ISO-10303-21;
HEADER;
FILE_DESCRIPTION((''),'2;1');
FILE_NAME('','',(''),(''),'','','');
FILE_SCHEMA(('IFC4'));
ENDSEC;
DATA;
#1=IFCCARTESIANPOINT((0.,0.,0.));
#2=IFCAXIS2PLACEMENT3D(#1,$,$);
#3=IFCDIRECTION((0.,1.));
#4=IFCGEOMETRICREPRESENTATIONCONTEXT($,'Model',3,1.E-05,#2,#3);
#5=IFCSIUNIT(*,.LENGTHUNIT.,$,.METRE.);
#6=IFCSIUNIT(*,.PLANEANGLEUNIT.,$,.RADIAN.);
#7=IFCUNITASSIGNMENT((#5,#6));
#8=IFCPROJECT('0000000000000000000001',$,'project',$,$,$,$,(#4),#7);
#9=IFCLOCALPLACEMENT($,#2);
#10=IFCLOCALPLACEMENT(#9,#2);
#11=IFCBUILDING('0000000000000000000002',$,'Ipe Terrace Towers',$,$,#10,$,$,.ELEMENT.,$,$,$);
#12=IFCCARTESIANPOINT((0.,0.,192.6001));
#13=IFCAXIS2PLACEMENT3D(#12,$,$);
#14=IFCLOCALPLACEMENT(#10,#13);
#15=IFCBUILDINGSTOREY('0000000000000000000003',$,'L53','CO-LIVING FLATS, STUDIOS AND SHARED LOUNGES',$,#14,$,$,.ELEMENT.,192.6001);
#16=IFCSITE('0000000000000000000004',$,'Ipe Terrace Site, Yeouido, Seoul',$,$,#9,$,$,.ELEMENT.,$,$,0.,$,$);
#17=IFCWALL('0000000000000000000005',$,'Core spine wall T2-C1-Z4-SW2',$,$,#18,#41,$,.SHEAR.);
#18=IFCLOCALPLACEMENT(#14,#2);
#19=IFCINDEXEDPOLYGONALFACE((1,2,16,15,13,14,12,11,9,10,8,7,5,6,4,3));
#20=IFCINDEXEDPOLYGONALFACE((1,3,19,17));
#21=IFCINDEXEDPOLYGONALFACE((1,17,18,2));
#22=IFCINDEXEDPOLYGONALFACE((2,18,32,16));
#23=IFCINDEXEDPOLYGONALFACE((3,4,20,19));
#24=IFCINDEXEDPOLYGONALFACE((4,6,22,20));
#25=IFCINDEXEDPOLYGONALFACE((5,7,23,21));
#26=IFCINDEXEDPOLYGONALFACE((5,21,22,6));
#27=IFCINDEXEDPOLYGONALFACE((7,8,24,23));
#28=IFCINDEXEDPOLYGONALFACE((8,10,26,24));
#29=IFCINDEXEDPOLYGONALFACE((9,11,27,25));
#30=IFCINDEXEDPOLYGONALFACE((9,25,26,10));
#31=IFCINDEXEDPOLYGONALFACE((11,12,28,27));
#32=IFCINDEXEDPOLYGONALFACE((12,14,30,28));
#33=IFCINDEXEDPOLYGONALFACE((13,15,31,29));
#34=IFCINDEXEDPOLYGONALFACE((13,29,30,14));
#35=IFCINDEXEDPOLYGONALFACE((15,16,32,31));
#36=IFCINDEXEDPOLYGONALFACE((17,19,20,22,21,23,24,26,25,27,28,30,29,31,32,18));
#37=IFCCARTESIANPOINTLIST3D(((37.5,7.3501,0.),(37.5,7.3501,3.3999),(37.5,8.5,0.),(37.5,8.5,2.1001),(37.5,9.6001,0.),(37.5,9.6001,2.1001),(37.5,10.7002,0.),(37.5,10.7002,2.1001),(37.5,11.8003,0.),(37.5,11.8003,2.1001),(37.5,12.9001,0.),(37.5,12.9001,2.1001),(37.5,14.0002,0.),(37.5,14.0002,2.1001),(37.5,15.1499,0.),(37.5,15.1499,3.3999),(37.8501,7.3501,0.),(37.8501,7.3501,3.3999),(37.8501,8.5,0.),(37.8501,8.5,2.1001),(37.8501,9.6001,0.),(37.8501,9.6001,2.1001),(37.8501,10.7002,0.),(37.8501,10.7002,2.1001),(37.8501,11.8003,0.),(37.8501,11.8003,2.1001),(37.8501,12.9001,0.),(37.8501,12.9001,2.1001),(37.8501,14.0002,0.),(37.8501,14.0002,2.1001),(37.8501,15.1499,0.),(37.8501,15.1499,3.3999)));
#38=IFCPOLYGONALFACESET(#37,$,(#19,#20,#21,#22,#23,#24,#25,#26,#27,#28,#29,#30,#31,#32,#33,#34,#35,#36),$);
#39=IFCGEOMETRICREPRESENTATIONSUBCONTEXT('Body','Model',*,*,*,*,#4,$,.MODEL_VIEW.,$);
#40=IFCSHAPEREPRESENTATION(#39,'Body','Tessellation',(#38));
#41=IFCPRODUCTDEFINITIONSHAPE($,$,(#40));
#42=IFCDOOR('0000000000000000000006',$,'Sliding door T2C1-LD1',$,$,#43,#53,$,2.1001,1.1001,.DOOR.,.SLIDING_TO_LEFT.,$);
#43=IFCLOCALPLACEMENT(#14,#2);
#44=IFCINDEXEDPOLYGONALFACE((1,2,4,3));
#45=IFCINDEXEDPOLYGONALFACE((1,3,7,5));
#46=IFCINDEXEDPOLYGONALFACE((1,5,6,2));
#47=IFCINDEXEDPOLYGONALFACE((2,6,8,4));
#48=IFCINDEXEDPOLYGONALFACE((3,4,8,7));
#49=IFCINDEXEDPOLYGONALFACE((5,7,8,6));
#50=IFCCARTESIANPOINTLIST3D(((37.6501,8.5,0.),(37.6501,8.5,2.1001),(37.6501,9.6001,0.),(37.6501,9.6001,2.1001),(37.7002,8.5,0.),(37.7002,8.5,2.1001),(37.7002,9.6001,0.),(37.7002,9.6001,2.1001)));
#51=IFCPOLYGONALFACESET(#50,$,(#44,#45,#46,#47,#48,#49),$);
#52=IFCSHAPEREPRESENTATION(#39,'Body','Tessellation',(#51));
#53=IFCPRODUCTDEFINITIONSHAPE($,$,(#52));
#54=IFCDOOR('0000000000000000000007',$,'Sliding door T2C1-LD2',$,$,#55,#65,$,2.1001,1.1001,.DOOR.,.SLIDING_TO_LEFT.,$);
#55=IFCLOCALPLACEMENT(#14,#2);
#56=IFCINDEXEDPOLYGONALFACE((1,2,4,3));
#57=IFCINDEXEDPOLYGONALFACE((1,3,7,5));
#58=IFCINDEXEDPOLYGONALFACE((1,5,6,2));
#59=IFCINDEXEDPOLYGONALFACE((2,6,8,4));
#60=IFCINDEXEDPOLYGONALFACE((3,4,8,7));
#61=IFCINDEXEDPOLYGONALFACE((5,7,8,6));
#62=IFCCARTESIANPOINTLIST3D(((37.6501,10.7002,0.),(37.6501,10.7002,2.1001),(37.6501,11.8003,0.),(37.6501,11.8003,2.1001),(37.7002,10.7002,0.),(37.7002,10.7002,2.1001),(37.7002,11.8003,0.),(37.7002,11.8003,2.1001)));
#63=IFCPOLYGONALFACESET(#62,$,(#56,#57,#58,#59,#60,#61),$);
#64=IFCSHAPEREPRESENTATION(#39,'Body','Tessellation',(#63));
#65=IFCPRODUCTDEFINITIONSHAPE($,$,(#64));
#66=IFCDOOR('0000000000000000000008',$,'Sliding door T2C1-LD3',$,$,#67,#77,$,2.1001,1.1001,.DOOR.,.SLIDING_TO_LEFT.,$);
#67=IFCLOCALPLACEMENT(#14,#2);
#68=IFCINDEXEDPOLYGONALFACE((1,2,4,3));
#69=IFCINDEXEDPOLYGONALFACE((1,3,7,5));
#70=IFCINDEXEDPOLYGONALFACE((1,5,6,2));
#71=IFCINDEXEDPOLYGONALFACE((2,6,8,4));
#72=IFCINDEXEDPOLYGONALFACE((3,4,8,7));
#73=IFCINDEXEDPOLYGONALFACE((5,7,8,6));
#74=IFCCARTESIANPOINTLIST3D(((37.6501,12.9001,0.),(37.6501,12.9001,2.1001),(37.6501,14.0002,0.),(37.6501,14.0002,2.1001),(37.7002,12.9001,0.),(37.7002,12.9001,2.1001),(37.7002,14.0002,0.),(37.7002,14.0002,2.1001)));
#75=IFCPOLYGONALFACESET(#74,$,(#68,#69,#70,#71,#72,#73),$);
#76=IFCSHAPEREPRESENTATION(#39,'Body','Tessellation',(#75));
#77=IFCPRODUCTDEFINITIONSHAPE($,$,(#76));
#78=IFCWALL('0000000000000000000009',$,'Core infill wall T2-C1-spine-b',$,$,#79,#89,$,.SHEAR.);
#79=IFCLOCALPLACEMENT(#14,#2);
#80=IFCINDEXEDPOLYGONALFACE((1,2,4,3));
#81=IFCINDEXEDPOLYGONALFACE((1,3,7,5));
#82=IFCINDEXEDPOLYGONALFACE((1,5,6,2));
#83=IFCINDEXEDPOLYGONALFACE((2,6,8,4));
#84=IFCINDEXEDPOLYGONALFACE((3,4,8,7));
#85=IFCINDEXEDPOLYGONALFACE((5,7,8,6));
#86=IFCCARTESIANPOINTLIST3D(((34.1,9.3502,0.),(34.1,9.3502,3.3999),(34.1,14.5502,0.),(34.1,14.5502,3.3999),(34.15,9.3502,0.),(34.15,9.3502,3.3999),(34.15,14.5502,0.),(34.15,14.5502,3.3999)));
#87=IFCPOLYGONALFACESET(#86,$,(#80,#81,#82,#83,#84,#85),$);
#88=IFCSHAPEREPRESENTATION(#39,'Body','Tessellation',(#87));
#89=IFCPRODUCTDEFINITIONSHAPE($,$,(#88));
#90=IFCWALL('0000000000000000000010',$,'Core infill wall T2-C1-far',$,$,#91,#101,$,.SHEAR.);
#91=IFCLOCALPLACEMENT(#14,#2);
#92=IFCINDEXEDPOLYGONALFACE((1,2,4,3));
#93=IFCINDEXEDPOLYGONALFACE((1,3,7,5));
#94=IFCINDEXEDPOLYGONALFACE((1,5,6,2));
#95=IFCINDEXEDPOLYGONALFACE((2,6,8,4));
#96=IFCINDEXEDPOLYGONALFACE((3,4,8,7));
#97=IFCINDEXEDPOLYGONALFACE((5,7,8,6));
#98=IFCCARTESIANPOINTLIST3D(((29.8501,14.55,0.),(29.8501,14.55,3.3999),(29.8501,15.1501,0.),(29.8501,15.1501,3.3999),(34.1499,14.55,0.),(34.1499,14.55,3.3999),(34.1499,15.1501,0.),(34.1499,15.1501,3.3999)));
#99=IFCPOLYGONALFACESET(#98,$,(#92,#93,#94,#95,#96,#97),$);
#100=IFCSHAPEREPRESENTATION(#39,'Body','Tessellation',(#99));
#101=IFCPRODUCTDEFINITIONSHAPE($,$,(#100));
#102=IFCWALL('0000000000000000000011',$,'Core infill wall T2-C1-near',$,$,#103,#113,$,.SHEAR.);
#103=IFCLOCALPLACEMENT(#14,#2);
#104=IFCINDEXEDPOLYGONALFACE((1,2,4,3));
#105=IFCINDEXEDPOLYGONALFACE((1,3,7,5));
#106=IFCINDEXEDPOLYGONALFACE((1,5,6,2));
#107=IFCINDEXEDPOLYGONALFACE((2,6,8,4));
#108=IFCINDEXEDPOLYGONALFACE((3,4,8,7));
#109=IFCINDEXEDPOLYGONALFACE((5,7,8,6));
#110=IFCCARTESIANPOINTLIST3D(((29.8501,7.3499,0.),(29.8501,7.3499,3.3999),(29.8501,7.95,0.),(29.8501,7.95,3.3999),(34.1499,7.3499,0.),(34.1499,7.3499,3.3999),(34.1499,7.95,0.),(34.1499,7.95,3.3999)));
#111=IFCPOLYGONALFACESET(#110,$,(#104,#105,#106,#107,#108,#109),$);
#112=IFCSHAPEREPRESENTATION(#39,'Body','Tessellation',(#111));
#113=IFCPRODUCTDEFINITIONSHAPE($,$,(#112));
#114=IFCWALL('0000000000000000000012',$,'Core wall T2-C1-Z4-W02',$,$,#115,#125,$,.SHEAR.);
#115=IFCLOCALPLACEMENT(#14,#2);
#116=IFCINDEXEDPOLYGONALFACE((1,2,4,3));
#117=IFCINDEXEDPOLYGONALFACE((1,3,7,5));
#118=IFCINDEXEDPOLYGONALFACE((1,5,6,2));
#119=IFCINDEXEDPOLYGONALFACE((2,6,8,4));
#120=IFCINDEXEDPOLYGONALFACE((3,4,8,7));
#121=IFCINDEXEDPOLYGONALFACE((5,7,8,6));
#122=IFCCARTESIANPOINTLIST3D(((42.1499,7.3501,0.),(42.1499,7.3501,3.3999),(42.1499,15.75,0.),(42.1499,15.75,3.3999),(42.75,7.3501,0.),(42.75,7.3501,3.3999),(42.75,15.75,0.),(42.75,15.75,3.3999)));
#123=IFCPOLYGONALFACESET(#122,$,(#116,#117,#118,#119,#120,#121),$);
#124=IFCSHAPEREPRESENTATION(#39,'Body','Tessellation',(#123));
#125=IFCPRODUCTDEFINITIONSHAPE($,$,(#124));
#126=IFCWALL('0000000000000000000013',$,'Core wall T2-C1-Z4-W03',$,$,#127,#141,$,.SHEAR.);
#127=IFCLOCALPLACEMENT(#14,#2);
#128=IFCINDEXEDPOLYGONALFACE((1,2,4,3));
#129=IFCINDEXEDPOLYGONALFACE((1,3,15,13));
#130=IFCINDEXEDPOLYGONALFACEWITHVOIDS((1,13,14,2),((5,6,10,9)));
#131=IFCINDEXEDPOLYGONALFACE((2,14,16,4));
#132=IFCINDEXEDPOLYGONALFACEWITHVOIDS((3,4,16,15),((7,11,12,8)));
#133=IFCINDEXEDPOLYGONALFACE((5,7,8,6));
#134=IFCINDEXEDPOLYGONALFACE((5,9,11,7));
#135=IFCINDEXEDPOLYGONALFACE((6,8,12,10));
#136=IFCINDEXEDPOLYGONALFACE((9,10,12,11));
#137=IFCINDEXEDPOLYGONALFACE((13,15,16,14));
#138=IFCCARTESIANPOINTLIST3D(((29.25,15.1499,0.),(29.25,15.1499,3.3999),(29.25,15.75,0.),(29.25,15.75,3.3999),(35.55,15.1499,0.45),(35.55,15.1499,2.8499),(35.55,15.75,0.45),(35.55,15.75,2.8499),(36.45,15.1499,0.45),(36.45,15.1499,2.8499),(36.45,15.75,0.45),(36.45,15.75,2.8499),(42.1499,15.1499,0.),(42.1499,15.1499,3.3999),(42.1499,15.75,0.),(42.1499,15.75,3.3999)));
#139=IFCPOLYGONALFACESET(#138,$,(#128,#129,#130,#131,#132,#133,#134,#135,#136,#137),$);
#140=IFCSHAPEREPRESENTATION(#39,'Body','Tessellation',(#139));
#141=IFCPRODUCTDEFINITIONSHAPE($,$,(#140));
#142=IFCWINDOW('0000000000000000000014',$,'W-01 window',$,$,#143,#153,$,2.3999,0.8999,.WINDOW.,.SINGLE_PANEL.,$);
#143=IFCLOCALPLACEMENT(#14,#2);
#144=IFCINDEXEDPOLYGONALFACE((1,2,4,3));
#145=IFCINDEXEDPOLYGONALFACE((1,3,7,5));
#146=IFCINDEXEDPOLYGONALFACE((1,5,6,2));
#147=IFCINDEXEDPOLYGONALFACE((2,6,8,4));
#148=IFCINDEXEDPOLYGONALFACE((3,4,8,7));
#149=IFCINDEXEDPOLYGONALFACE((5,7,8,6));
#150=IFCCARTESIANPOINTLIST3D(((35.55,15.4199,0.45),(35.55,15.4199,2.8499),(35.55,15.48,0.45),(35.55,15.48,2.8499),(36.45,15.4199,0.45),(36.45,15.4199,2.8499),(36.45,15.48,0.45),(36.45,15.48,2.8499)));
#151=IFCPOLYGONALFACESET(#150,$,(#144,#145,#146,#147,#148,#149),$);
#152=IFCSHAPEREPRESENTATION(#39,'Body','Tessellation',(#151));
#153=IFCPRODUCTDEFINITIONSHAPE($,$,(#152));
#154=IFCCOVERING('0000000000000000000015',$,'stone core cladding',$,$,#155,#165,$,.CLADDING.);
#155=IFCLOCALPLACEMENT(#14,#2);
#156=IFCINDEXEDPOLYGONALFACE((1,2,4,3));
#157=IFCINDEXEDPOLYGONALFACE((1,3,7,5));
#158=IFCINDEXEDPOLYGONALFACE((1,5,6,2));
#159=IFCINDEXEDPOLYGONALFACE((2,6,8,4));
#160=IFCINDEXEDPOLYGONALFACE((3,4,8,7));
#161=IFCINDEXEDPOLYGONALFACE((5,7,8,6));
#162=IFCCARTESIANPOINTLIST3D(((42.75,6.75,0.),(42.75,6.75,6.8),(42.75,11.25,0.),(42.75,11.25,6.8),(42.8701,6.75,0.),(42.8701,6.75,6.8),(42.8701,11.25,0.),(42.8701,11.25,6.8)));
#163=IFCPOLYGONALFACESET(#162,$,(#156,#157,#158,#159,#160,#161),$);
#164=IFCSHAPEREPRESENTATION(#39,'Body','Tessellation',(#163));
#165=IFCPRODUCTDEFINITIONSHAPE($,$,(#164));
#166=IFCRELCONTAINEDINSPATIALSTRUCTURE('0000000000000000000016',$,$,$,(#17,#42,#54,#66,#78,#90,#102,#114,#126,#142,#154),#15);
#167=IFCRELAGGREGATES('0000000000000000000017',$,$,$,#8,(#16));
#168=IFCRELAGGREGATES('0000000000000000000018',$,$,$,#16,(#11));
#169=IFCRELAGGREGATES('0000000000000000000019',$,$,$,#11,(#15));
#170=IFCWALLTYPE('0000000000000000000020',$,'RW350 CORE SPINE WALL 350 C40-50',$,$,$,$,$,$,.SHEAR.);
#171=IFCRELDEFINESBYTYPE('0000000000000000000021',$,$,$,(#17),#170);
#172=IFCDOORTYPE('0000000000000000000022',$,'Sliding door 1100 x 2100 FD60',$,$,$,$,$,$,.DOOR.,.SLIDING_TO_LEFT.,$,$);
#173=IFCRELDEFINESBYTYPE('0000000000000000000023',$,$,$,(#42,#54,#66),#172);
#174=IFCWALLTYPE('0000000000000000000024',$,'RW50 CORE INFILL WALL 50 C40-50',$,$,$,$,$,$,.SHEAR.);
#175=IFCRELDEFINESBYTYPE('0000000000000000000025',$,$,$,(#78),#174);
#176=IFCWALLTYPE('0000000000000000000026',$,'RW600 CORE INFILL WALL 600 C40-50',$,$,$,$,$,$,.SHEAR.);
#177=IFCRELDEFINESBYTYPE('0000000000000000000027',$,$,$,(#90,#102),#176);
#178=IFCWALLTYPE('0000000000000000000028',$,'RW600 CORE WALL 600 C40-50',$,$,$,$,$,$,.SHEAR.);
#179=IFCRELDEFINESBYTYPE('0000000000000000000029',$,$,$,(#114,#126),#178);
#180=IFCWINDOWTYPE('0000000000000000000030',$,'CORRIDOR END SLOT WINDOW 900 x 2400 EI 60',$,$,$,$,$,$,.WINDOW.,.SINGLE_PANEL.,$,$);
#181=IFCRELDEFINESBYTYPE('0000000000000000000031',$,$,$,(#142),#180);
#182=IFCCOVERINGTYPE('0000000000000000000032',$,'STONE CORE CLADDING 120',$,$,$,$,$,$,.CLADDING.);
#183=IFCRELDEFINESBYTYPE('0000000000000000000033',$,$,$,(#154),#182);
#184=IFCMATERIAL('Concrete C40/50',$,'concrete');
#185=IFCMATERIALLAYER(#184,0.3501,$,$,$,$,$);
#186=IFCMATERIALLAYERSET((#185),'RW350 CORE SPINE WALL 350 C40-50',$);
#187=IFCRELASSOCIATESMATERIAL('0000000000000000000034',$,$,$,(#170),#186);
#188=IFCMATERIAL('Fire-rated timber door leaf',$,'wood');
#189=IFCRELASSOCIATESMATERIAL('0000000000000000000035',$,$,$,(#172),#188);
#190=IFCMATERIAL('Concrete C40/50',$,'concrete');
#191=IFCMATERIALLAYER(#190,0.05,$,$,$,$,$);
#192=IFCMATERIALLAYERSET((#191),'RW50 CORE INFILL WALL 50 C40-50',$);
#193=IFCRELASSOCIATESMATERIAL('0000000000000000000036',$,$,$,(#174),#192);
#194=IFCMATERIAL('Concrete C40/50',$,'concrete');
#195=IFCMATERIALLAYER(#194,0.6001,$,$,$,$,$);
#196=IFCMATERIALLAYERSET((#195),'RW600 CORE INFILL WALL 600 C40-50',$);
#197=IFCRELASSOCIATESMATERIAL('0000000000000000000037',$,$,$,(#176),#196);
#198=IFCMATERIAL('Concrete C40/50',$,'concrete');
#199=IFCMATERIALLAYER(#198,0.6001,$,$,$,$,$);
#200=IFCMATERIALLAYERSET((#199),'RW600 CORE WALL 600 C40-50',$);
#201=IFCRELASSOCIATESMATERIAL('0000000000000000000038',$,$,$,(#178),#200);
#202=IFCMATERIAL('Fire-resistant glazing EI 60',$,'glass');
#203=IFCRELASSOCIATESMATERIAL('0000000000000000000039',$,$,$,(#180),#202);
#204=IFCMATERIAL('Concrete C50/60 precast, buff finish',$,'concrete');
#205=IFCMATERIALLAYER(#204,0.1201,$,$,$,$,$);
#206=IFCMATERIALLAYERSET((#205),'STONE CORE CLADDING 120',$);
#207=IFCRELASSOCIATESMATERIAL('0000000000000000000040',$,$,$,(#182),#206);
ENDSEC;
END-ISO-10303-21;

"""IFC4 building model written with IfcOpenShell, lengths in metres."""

from ifc_helpers import new_model, si_unit, direction, frame, frame_2d, origin, origin_2d, place, context, subcontext, project, spatial, rectangle, extrude, material, layer, layer_set, type_object, element, fill, save


model = new_model("IFC4")

# Units and contexts
model_context = context("Model", 3, precision=1e-05, world=origin(), true_north=direction((0.0, 1.0)))
body_context = subcontext(model_context, "Body", "Model", "MODEL_VIEW")
ifc_project = project(units=[si_unit("LENGTHUNIT", "METRE"), si_unit("PLANEANGLEUNIT", "RADIAN")], contexts=[model_context])

# Site, building, storey
site_placement = place(None, origin())
site = spatial("IfcSite", under=ifc_project, at=site_placement, Name="Ipe Terrace Site, Yeouido, Seoul", CompositionType="ELEMENT", RefElevation=0.0)
building_placement = place(site_placement, origin())
building = spatial("IfcBuilding", under=site, at=building_placement, Name="Ipe Terrace Towers", CompositionType="ELEMENT")
storey_placement = place(building_placement, frame((0.0, 0.0, 192.6001)))
storey = spatial("IfcBuildingStorey", under=building, at=storey_placement, Name="L53", Description="CO-LIVING FLATS, STUDIOS AND SHARED LOUNGES", CompositionType="ELEMENT", Elevation=192.6001)

# Shared definitions
ifc_material_1 = material(Name="Concrete C40/50", Category="concrete")
ifc_layer_1 = layer(ifc_material_1, 0.3501)
ifc_layer_set_1 = layer_set([ifc_layer_1], Name="RW350 CORE SPINE WALL 350 C40-50")
wall_type_1 = type_object("IfcWallType", Name="RW350 CORE SPINE WALL 350 C40-50", PredefinedType="SHEAR", material=ifc_layer_set_1)

# Wall, openings, doors
wall_1_placement = place(storey_placement, frame((37.675, 7.3501, 0.0), z_axis=(0.0, 0.0, 1.0), x_axis=(0.0, 1.0, 0.0)))
wall_1 = element("IfcWall", 1, at=wall_1_placement, inside=storey, type_object=wall_type_1, Name="Core spine wall T2-C1-Z4-SW2", PredefinedType="SHEAR", context=body_context, shape_type="SweptSolid", body=[
    extrude(rectangle(XDim=7.7998, YDim=0.3501, at=frame_2d((3.8999, 0.0))), origin(), (0.0, 0.0, 1.0), 3.3999),
])
opening_1_placement = place(wall_1_placement, frame((1.1499, 0.0, 0.0)))
opening_1 = element("IfcOpeningElement", 2, at=opening_1_placement, cuts=wall_1, PredefinedType="OPENING", context=body_context, shape_type="SweptSolid", body=[
    extrude(rectangle(XDim=1.1001, YDim=2.1001, at=frame_2d((0.55, 1.05))), frame((0.0, 0.1851, 0.0), z_axis=(0.0, -1.0, 0.0), x_axis=(1.0, 0.0, 0.0)), (0.0, 0.0, 1.0), 0.3701),
])
opening_2_placement = place(wall_1_placement, frame((3.3501, 0.0, 0.0)))
opening_2 = element("IfcOpeningElement", 3, at=opening_2_placement, cuts=wall_1, PredefinedType="OPENING", context=body_context, shape_type="SweptSolid", body=[
    extrude(rectangle(XDim=1.1001, YDim=2.1001, at=frame_2d((0.55, 1.05))), frame((0.0, 0.1851, 0.0), z_axis=(0.0, -1.0, 0.0), x_axis=(1.0, 0.0, 0.0)), (0.0, 0.0, 1.0), 0.3701),
])
opening_3_placement = place(wall_1_placement, frame((5.55, 0.0, 0.0)))
opening_3 = element("IfcOpeningElement", 4, at=opening_3_placement, cuts=wall_1, PredefinedType="OPENING", context=body_context, shape_type="SweptSolid", body=[
    extrude(rectangle(XDim=1.1001, YDim=2.1001, at=frame_2d((0.55, 1.05))), frame((0.0, 0.1851, 0.0), z_axis=(0.0, -1.0, 0.0), x_axis=(1.0, 0.0, 0.0)), (0.0, 0.0, 1.0), 0.3701),
])
ifc_material_2 = material(Name="Fire-rated timber door leaf", Category="wood")
door_type_1 = type_object("IfcDoorType", Name="Sliding door 1100 x 2100 FD60", OperationType="SLIDING_TO_LEFT", PredefinedType="DOOR", material=ifc_material_2)
door_1_placement = place(opening_1_placement, origin())
door_1 = element("IfcDoor", 5, at=door_1_placement, inside=storey, type_object=door_type_1, Name="Sliding door T2C1-LD1", OperationType="SLIDING_TO_LEFT", OverallHeight=2.1001, OverallWidth=1.1001, PredefinedType="DOOR", context=body_context, shape_type="SweptSolid", body=[
    extrude(rectangle(XDim=1.1001, YDim=2.1001, at=frame_2d((0.55, 1.05))), frame((0.0, 0.0249, 0.0), z_axis=(0.0, -1.0, 0.0), x_axis=(1.0, 0.0, 0.0)), (0.0, 0.0, 1.0), 0.05),
])
fill(opening_1, door_1)
door_2_placement = place(opening_2_placement, origin())
door_2 = element("IfcDoor", 6, at=door_2_placement, inside=storey, type_object=door_type_1, Name="Sliding door T2C1-LD2", OperationType="SLIDING_TO_LEFT", OverallHeight=2.1001, OverallWidth=1.1001, PredefinedType="DOOR", context=body_context, shape_type="SweptSolid", body=[
    extrude(rectangle(XDim=1.1001, YDim=2.1001, at=frame_2d((0.55, 1.05))), frame((0.0, 0.0249, 0.0), z_axis=(0.0, -1.0, 0.0), x_axis=(1.0, 0.0, 0.0)), (0.0, 0.0, 1.0), 0.05),
])
fill(opening_2, door_2)
door_3_placement = place(opening_3_placement, origin())
door_3 = element("IfcDoor", 7, at=door_3_placement, inside=storey, type_object=door_type_1, Name="Sliding door T2C1-LD3", OperationType="SLIDING_TO_LEFT", OverallHeight=2.1001, OverallWidth=1.1001, PredefinedType="DOOR", context=body_context, shape_type="SweptSolid", body=[
    extrude(rectangle(XDim=1.1001, YDim=2.1001, at=frame_2d((0.55, 1.05))), frame((0.0, 0.0249, 0.0), z_axis=(0.0, -1.0, 0.0), x_axis=(1.0, 0.0, 0.0)), (0.0, 0.0, 1.0), 0.05),
])
fill(opening_3, door_3)

# Walls
ifc_material_3 = material(Name="Concrete C40/50", Category="concrete")
ifc_layer_2 = layer(ifc_material_3, 0.05)
ifc_layer_set_2 = layer_set([ifc_layer_2], Name="RW50 CORE INFILL WALL 50 C40-50")
wall_type_2 = type_object("IfcWallType", Name="RW50 CORE INFILL WALL 50 C40-50", PredefinedType="SHEAR", material=ifc_layer_set_2)
wall_2_placement = place(storey_placement, frame((34.125, 9.3501, 0.0), z_axis=(0.0, 0.0, 1.0), x_axis=(0.0, 1.0, 0.0)))
element("IfcWall", 8, at=wall_2_placement, inside=storey, type_object=wall_type_2, Name="Core infill wall T2-C1-spine-b", PredefinedType="SHEAR", context=body_context, shape_type="SweptSolid", body=[
    extrude(rectangle(XDim=5.2, YDim=0.05, at=frame_2d((2.6001, 0.0))), origin(), (0.0, 0.0, 1.0), 3.3999),
])
ifc_material_4 = material(Name="Concrete C40/50", Category="concrete")
ifc_layer_3 = layer(ifc_material_4, 0.6001)
ifc_layer_set_3 = layer_set([ifc_layer_3], Name="RW600 CORE INFILL WALL 600 C40-50")
wall_type_3 = type_object("IfcWallType", Name="RW600 CORE INFILL WALL 600 C40-50", PredefinedType="SHEAR", material=ifc_layer_set_3)
for number, where, z_axis, x_axis, name in (
    (9, (34.1499, 14.8501, 0.0), (0.0, 0.0, 1.0), (-1.0, 0.0, 0.0), "Core infill wall T2-C1-far"),
    (10, (34.1499, 7.6499, 0.0), (0.0, 0.0, 1.0), (-1.0, 0.0, 0.0), "Core infill wall T2-C1-near"),
):
    element("IfcWall", number, at=place(storey_placement, frame(where, z_axis=z_axis, x_axis=x_axis)), inside=storey, type_object=wall_type_3, Name=name, PredefinedType="SHEAR", context=body_context, shape_type="SweptSolid", body=[
        extrude(rectangle(XDim=4.2998, YDim=0.6001, at=frame_2d((2.1499, 0.0))), origin(), (0.0, 0.0, 1.0), 3.3999),
    ])
ifc_material_5 = material(Name="Concrete C40/50", Category="concrete")
ifc_layer_4 = layer(ifc_material_5, 0.6001)
ifc_layer_set_4 = layer_set([ifc_layer_4], Name="RW600 CORE WALL 600 C40-50")
wall_type_4 = type_object("IfcWallType", Name="RW600 CORE WALL 600 C40-50", PredefinedType="SHEAR", material=ifc_layer_set_4)
wall_3_placement = place(storey_placement, frame((42.45, 7.3501, 0.0), z_axis=(0.0, 0.0, 1.0), x_axis=(0.0, 1.0, 0.0)))
element("IfcWall", 11, at=wall_3_placement, inside=storey, type_object=wall_type_4, Name="Core wall T2-C1-Z4-W02", PredefinedType="SHEAR", context=body_context, shape_type="SweptSolid", body=[
    extrude(rectangle(XDim=8.3999, YDim=0.6001, at=frame_2d((4.2, 0.0))), origin(), (0.0, 0.0, 1.0), 3.3999),
])

# Wall, opening, window
wall_4_placement = place(storey_placement, frame((42.1499, 15.45, 0.0), z_axis=(0.0, 0.0, 1.0), x_axis=(-1.0, 0.0, 0.0)))
wall_4 = element("IfcWall", 12, at=wall_4_placement, inside=storey, type_object=wall_type_4, Name="Core wall T2-C1-Z4-W03", PredefinedType="SHEAR", context=body_context, shape_type="SweptSolid", body=[
    extrude(rectangle(XDim=12.8999, YDim=0.6001, at=frame_2d((6.45, 0.0))), origin(), (0.0, 0.0, 1.0), 3.3999),
])
opening_4_placement = place(wall_4_placement, frame((5.7, 0.0, 0.45)))
opening_4 = element("IfcOpeningElement", 13, at=opening_4_placement, cuts=wall_4, PredefinedType="OPENING", context=body_context, shape_type="SweptSolid", body=[
    extrude(rectangle(XDim=0.8999, YDim=2.3999, at=frame_2d((0.45, 1.2))), frame((0.0, 0.3101, 0.0), z_axis=(0.0, -1.0, 0.0), x_axis=(1.0, 0.0, 0.0)), (0.0, 0.0, 1.0), 0.6201),
])
ifc_material_6 = material(Name="Fire-resistant glazing EI 60", Category="glass")
window_type = type_object("IfcWindowType", Name="CORRIDOR END SLOT WINDOW 900 x 2400 EI 60", PartitioningType="SINGLE_PANEL", PredefinedType="WINDOW", material=ifc_material_6)
window_placement = place(opening_4_placement, origin())
window = element("IfcWindow", 14, at=window_placement, inside=storey, type_object=window_type, Name="W-01 window", OverallHeight=2.3999, OverallWidth=0.8999, PartitioningType="SINGLE_PANEL", PredefinedType="WINDOW", context=body_context, shape_type="SweptSolid", body=[
    extrude(rectangle(XDim=0.8999, YDim=2.3999, at=frame_2d((0.45, 1.2))), frame((0.0, 0.03, 0.0), z_axis=(0.0, -1.0, 0.0), x_axis=(1.0, 0.0, 0.0)), (0.0, 0.0, 1.0), 0.0601),
])
fill(opening_4, window)

# Covering
ifc_material_7 = material(Name="Concrete C50/60 precast, buff finish", Category="concrete")
ifc_layer_5 = layer(ifc_material_7, 0.1201)
ifc_layer_set_5 = layer_set([ifc_layer_5], Name="STONE CORE CLADDING 120")
covering_type = type_object("IfcCoveringType", Name="STONE CORE CLADDING 120", PredefinedType="CLADDING", material=ifc_layer_set_5)
for number, where, z_axis, x_axis, name in (
    (15, (42.8101, 9.0, 0.0), (0.0, 0.0, 1.0), (0.0, 1.0, 0.0), "stone core cladding"),
):
    element("IfcCovering", number, at=place(storey_placement, frame(where, z_axis=z_axis, x_axis=x_axis)), inside=storey, type_object=covering_type, Name=name, PredefinedType="CLADDING", context=body_context, shape_type="SweptSolid", body=[
        extrude(rectangle(XDim=4.5, YDim=0.1201, at=origin_2d()), origin(), (0.0, 0.0, 1.0), 6.8),
    ])

save(model, "model.ifc")
